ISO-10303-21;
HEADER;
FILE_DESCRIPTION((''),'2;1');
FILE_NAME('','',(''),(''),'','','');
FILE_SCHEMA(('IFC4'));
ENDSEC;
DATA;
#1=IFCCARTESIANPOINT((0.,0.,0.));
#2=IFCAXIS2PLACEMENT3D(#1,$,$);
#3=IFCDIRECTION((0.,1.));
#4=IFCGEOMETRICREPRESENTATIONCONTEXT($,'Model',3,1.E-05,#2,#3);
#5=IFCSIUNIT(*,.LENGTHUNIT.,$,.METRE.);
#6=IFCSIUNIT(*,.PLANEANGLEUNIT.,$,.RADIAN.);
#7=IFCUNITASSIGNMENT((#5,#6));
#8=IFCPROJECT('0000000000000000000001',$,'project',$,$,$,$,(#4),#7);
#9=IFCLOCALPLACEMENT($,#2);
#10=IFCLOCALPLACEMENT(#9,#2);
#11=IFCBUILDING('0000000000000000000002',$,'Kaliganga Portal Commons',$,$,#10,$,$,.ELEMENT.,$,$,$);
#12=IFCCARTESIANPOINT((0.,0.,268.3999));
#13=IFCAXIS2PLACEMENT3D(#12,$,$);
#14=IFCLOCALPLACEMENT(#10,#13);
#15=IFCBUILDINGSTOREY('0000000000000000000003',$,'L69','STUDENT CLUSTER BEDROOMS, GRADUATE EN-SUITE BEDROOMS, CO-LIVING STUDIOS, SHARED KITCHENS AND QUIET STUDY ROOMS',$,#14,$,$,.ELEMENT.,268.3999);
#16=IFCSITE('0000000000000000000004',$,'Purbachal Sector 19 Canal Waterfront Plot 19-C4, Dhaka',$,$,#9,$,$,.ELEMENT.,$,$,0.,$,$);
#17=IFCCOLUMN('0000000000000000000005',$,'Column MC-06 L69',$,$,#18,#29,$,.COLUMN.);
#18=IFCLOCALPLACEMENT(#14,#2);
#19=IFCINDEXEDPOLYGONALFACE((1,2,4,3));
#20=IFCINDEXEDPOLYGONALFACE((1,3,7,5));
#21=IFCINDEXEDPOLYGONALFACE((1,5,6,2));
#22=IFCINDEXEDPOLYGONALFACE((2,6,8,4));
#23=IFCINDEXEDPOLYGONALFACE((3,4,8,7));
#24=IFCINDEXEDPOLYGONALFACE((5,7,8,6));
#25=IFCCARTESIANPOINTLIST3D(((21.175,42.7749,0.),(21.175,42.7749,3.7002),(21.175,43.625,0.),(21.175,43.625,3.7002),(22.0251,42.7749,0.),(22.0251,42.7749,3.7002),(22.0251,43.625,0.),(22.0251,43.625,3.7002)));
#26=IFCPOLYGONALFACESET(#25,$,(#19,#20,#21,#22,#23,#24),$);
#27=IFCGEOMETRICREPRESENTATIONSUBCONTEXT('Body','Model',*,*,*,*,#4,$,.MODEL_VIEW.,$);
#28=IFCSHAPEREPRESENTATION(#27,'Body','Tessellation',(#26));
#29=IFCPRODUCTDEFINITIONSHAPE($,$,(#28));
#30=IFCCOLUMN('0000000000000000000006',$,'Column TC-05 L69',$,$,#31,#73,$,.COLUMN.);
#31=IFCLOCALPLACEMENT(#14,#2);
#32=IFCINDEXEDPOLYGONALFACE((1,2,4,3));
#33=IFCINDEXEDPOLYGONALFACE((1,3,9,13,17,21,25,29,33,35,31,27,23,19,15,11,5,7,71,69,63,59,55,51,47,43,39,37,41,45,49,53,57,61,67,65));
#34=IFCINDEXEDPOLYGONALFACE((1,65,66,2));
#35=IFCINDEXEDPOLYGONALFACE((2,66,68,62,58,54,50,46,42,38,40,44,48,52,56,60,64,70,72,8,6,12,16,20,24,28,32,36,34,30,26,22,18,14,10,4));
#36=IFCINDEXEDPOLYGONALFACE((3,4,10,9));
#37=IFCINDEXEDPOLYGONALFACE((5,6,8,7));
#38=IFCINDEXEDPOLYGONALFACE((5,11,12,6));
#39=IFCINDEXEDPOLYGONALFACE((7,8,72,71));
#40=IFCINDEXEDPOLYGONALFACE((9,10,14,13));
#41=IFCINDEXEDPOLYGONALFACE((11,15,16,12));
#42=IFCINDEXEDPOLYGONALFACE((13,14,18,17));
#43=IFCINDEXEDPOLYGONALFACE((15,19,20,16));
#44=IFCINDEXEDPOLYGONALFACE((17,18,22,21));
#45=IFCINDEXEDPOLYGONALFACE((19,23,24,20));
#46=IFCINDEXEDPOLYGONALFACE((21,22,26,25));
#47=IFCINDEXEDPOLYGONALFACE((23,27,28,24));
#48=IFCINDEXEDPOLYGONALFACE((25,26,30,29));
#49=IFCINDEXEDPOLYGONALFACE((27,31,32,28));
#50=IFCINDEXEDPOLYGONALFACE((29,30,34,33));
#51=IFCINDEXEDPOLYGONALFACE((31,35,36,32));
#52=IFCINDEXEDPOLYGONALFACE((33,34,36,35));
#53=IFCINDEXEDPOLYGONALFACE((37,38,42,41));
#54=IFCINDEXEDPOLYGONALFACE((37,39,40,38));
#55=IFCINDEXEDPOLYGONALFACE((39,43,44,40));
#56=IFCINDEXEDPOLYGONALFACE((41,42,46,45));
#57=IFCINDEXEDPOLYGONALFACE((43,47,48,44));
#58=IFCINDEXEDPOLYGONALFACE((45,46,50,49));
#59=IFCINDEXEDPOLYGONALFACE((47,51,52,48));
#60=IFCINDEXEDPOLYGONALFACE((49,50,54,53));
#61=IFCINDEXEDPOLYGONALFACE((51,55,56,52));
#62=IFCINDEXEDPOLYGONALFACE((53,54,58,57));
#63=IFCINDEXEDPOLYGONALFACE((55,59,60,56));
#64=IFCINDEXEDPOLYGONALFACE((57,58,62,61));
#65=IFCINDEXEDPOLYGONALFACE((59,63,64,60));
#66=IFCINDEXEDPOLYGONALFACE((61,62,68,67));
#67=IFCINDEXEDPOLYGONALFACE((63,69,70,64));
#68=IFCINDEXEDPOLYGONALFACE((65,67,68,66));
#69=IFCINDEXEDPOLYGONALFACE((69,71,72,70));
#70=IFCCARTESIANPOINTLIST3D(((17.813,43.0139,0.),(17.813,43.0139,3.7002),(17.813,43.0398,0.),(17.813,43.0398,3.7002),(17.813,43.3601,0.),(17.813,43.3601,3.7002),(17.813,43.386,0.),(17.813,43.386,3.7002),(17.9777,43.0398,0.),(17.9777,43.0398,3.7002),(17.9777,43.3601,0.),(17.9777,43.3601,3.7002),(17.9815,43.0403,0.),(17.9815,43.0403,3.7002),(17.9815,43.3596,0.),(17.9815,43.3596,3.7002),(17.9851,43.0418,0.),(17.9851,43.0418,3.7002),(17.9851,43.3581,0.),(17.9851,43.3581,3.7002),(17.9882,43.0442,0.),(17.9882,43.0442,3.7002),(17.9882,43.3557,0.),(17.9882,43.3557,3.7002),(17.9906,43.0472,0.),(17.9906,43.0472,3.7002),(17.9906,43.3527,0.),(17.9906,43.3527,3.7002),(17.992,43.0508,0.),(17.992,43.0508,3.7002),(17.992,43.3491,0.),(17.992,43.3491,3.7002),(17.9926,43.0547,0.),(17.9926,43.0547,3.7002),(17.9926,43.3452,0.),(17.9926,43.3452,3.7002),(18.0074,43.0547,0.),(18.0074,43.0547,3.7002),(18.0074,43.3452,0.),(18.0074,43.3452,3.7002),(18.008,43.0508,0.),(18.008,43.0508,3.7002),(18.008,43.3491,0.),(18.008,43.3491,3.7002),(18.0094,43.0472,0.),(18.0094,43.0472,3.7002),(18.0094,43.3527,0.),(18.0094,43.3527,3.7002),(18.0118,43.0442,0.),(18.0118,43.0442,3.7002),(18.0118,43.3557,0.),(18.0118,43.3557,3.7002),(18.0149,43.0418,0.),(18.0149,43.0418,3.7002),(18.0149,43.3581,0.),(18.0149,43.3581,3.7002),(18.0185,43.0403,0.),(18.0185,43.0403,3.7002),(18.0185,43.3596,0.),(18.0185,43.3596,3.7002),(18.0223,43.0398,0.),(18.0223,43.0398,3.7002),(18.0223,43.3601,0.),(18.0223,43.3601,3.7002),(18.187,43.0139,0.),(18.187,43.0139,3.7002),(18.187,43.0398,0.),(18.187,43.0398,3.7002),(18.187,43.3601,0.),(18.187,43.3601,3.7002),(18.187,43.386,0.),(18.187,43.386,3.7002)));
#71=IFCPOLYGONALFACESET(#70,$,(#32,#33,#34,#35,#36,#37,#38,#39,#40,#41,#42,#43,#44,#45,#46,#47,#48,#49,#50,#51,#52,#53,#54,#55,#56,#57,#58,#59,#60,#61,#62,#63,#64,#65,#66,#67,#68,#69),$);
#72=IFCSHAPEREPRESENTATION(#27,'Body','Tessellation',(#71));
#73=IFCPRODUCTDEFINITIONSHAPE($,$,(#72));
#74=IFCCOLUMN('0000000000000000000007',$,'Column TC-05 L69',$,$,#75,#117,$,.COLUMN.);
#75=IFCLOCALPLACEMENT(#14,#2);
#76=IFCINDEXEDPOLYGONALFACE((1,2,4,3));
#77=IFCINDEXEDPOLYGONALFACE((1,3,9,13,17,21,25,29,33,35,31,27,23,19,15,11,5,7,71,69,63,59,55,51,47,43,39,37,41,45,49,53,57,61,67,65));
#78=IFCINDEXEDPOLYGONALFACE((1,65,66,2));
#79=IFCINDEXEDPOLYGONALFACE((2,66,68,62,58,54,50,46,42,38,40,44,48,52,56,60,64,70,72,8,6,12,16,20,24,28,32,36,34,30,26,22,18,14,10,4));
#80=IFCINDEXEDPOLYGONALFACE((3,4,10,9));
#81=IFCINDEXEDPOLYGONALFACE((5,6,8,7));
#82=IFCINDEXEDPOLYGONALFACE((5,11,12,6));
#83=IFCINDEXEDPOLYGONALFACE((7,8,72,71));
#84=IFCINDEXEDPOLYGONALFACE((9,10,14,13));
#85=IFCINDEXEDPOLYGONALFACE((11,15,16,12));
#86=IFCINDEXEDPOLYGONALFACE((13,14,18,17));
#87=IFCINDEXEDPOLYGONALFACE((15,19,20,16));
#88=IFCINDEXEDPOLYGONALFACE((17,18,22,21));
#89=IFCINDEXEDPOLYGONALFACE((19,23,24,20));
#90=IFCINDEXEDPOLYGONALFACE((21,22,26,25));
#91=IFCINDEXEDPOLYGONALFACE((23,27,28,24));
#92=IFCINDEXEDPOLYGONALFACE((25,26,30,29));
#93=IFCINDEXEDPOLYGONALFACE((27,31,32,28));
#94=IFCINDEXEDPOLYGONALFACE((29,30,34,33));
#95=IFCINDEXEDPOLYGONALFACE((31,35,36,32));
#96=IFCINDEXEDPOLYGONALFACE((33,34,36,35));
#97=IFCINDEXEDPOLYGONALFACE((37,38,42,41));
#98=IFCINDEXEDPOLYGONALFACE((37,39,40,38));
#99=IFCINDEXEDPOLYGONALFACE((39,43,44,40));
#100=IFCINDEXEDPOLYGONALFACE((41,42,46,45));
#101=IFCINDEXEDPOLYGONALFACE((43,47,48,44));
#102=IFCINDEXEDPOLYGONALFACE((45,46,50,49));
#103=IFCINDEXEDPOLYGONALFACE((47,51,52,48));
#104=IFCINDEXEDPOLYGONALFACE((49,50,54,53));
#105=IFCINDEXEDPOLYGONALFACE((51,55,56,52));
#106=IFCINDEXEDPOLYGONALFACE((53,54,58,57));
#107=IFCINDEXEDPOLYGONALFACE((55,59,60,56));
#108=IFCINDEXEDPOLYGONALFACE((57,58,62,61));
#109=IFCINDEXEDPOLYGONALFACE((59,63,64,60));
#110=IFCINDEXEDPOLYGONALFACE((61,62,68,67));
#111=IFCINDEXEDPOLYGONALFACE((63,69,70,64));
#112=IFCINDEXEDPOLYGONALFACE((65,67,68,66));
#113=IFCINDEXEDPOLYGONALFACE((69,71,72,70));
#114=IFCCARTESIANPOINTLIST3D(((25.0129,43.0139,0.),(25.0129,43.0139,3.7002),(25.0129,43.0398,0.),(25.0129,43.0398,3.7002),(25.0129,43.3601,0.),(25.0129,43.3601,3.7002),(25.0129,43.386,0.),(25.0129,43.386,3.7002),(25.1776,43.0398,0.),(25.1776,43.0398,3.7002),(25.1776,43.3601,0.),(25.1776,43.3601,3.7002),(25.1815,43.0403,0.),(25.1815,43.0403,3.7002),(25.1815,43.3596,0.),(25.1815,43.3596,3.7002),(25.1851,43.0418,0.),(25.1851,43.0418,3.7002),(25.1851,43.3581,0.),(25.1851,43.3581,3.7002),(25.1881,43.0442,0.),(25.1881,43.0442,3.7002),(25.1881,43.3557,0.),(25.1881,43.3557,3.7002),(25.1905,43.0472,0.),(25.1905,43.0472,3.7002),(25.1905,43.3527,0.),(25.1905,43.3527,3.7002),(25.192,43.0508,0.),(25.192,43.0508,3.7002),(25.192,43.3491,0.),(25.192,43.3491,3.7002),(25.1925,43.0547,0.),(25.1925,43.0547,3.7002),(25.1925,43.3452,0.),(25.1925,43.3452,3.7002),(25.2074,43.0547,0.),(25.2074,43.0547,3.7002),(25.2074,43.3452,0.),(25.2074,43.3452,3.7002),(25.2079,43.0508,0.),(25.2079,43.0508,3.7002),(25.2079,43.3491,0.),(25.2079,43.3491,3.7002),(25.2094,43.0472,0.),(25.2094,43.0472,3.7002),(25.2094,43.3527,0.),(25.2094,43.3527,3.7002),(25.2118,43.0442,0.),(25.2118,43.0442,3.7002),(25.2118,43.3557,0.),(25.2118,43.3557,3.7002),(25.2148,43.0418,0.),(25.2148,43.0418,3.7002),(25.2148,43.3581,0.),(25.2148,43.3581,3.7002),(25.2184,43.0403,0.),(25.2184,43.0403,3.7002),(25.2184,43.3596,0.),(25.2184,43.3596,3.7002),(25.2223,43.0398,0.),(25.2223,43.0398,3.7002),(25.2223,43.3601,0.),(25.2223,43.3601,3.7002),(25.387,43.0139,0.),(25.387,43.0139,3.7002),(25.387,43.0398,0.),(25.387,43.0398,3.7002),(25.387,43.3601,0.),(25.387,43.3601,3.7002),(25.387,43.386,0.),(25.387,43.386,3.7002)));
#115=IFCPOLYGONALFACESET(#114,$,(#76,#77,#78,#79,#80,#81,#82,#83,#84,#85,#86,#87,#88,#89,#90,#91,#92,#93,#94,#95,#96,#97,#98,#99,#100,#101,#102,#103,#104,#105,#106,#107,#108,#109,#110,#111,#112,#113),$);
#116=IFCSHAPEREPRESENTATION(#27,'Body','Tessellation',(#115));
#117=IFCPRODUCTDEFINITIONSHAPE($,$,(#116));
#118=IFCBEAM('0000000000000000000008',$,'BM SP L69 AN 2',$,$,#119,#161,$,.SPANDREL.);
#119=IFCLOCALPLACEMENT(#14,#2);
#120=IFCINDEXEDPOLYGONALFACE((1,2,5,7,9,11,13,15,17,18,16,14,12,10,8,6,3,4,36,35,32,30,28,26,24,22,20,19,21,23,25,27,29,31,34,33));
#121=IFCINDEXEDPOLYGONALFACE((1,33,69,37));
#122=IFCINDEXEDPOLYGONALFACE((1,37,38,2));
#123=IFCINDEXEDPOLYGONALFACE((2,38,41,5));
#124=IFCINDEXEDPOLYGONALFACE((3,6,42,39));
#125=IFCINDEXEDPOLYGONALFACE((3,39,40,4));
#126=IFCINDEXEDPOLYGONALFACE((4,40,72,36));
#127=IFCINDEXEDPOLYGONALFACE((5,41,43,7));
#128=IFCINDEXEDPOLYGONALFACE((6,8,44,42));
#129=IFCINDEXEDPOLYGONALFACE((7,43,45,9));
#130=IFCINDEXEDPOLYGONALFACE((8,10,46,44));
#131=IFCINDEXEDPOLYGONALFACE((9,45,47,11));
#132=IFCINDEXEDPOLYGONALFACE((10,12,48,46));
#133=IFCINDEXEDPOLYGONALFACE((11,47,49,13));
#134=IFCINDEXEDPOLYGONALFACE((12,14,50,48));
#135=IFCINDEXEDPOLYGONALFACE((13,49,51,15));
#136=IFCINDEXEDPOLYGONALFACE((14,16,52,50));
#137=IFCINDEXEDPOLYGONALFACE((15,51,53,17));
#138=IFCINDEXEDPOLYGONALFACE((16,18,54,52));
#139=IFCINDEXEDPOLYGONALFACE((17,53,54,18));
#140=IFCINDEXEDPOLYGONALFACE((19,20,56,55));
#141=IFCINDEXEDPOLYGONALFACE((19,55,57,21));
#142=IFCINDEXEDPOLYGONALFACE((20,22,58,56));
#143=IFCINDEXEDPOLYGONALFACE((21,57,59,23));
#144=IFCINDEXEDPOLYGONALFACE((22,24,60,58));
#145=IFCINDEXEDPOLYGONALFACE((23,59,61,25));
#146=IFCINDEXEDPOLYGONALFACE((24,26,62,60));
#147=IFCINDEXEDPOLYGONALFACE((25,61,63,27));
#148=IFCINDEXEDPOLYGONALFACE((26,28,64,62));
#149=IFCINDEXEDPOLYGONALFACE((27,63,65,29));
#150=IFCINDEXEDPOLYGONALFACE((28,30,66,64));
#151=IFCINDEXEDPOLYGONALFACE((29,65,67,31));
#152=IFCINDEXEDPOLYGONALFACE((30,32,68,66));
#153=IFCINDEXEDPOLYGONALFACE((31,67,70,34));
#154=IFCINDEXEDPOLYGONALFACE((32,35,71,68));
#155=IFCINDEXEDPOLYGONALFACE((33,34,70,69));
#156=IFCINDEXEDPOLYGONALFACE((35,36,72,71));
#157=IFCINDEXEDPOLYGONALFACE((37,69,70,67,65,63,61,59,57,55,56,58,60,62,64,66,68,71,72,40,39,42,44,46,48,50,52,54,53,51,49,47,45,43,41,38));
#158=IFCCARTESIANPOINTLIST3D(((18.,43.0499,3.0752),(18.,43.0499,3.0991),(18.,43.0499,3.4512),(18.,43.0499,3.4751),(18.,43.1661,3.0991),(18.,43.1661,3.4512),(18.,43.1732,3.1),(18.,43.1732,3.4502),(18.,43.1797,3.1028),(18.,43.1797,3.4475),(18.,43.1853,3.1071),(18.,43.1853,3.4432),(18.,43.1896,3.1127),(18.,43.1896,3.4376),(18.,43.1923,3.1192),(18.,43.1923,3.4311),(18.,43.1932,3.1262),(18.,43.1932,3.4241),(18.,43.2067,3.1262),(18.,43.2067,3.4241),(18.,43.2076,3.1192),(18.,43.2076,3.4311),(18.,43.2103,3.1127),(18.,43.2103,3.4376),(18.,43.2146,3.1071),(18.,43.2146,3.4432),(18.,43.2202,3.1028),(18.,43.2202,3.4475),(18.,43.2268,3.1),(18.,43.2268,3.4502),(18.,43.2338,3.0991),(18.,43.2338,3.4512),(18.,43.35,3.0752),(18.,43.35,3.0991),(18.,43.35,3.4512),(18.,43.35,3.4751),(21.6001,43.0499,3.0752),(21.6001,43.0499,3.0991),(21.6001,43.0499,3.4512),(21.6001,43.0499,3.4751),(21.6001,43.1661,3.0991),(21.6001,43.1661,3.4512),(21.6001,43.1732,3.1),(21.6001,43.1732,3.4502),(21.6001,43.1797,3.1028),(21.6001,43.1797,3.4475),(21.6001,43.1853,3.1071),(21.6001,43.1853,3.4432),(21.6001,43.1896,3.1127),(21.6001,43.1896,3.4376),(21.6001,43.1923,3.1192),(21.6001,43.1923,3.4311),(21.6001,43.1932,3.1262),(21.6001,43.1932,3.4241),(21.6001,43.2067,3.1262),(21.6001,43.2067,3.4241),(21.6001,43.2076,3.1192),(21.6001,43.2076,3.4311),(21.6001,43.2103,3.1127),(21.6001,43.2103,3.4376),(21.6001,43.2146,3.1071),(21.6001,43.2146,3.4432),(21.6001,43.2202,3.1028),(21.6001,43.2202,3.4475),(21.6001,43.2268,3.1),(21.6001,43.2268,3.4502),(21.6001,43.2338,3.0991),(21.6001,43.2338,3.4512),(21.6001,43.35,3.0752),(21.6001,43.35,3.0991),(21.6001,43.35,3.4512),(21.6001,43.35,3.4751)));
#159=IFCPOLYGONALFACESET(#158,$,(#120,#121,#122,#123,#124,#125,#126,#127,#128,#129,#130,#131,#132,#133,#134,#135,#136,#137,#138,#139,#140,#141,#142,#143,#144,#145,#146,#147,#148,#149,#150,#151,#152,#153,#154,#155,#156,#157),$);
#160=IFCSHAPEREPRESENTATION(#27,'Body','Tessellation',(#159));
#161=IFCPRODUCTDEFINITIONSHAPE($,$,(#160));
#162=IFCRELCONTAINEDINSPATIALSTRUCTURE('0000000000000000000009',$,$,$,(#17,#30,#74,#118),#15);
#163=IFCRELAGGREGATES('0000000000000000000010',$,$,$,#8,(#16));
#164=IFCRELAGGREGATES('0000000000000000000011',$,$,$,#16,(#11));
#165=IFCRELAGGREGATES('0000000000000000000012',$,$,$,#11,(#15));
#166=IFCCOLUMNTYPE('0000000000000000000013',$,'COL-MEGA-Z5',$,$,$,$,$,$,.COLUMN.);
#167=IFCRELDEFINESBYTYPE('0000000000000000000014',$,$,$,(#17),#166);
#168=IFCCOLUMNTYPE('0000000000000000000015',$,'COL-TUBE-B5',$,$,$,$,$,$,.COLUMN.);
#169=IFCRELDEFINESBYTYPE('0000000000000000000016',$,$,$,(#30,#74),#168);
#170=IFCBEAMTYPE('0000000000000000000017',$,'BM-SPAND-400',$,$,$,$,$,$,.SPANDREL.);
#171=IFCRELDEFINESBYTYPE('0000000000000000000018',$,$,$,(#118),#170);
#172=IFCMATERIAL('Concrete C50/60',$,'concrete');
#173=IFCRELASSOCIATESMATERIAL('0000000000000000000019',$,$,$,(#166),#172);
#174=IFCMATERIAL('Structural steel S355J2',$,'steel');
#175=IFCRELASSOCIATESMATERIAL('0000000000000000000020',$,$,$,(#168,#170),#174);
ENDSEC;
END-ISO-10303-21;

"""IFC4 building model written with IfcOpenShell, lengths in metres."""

from ifc_helpers import new_model, si_unit, direction, frame, origin, origin_2d, place, context, subcontext, project, spatial, rectangle, i_section, extrude, source, transform, mapped, material, material_profile, profile_set, type_object, element, save


model = new_model("IFC4")

# Units and contexts
model_context = context("Model", 3, precision=1e-05, world=origin(), true_north=direction((0.0, 1.0)))
body_context = subcontext(model_context, "Body", "Model", "MODEL_VIEW")
ifc_project = project(units=[si_unit("LENGTHUNIT", "METRE"), si_unit("PLANEANGLEUNIT", "RADIAN")], contexts=[model_context])

# Site, building, storey
site_placement = place(None, origin())
site = spatial("IfcSite", under=ifc_project, at=site_placement, Name="Purbachal Sector 19 Canal Waterfront Plot 19-C4, Dhaka", CompositionType="ELEMENT", RefElevation=0.0)
building_placement = place(site_placement, origin())
building = spatial("IfcBuilding", under=site, at=building_placement, Name="Kaliganga Portal Commons", CompositionType="ELEMENT")
storey_placement = place(building_placement, frame((0.0, 0.0, 268.3999)))
storey = spatial("IfcBuildingStorey", under=building, at=storey_placement, Name="L69", Description="STUDENT CLUSTER BEDROOMS, GRADUATE EN-SUITE BEDROOMS, CO-LIVING STUDIOS, SHARED KITCHENS AND QUIET STUDY ROOMS", CompositionType="ELEMENT", Elevation=268.3999)

# Columns
ifc_material_1 = material(Name="Concrete C50/60", Category="concrete")
ifc_material_profile_1 = material_profile(ifc_material_1, rectangle(XDim=0.8501, YDim=0.8501, at=origin_2d()), Name="RC 850x850")
ifc_profile_set_1 = profile_set([ifc_material_profile_1], Name="Concrete C50/60")
column_type_1 = type_object("IfcColumnType", Name="COL-MEGA-Z5", PredefinedType="COLUMN", material=ifc_profile_set_1)
shared_shape_1 = source(origin(), body_context, "Body", "SweptSolid", [
    extrude(rectangle(XDim=0.8501, YDim=0.8501, at=origin_2d()), origin(), (0.0, 0.0, 1.0), 3.7002),
])
column_placement = place(storey_placement, frame((21.6001, 43.2, 0.0), z_axis=(0.0, 0.0, 1.0), x_axis=(1.0, 0.0, 0.0)))
element("IfcColumn", 1, at=column_placement, inside=storey, type_object=column_type_1, Name="Column MC-06 L69", PredefinedType="COLUMN", context=body_context, shape_type="MappedRepresentation", body=[
    mapped(shared_shape_1, transform((0.0, 0.0, 0.0), x_axis=(1.0, 0.0, 0.0), y_axis=(0.0, 1.0, 0.0), z_axis=(0.0, 0.0, 1.0), scale=1.0)),
])
ifc_material_2 = material(Name="Structural steel S355J2", Category="steel")
ifc_material_profile_2 = material_profile(ifc_material_2, i_section(OverallWidth=0.374, OverallDepth=0.3721, WebThickness=0.0149, FlangeThickness=0.0259, FilletRadius=0.0149, at=origin_2d()), Name="HD 360x196")
ifc_profile_set_2 = profile_set([ifc_material_profile_2], Name="Structural steel S355J2 wide-flange")
column_type_2 = type_object("IfcColumnType", Name="COL-TUBE-B5", PredefinedType="COLUMN", material=ifc_profile_set_2)
shared_shape_2 = source(origin(), body_context, "Body", "SweptSolid", [
    extrude(i_section(OverallWidth=0.374, OverallDepth=0.3721, WebThickness=0.0149, FlangeThickness=0.0259, FilletRadius=0.0149, at=origin_2d()), origin(), (0.0, 0.0, 1.0), 3.7002),
])
for number, where, z_axis, x_axis, name in (
    (2, (18.0, 43.2, 0.0), (0.0, 0.0, 1.0), (1.0, 0.0, 0.0), "Column TC-05 L69"),
    (3, (25.2, 43.2, 0.0), (0.0, 0.0, 1.0), (1.0, 0.0, 0.0), "Column TC-05 L69"),
):
    element("IfcColumn", number, at=place(storey_placement, frame(where, z_axis=z_axis, x_axis=x_axis)), inside=storey, type_object=column_type_2, Name=name, PredefinedType="COLUMN", context=body_context, shape_type="MappedRepresentation", body=[
        mapped(shared_shape_2, transform((0.0, 0.0, 0.0), x_axis=(1.0, 0.0, 0.0), y_axis=(0.0, 1.0, 0.0), z_axis=(0.0, 0.0, 1.0), scale=1.0)),
    ])

# Beam
ifc_material_profile_3 = material_profile(ifc_material_2, i_section(OverallWidth=0.3, OverallDepth=0.3999, WebThickness=0.0134, FlangeThickness=0.0239, FilletRadius=0.0271, at=origin_2d()), Name="HE 400 B")
ifc_profile_set_3 = profile_set([ifc_material_profile_3], Name="Structural steel S355J2 wide-flange")
beam_type_1 = type_object("IfcBeamType", Name="BM-SPAND-400", PredefinedType="SPANDREL", material=ifc_profile_set_3)
shared_shape_3 = source(origin(), body_context, "Body", "SweptSolid", [
    extrude(i_section(OverallWidth=0.3, OverallDepth=0.3999, WebThickness=0.0134, FlangeThickness=0.0239, FilletRadius=0.0271, at=origin_2d()), origin(), (0.0, 0.0, 1.0), 3.6001),
])
for number, where, z_axis, x_axis, name in (
    (4, (18.0, 43.2, 3.2751), (1.0, 0.0, 0.0), (0.0, 1.0, 0.0), "BM SP L69 AN 2"),
):
    element("IfcBeam", number, at=place(storey_placement, frame(where, z_axis=z_axis, x_axis=x_axis)), inside=storey, type_object=beam_type_1, Name=name, PredefinedType="SPANDREL", context=body_context, shape_type="MappedRepresentation", body=[
        mapped(shared_shape_3, transform((0.0, 0.0, 0.0), x_axis=(1.0, 0.0, 0.0), y_axis=(0.0, 1.0, 0.0), z_axis=(0.0, 0.0, 1.0), scale=1.0)),
    ])

save(model, "model.ifc")
